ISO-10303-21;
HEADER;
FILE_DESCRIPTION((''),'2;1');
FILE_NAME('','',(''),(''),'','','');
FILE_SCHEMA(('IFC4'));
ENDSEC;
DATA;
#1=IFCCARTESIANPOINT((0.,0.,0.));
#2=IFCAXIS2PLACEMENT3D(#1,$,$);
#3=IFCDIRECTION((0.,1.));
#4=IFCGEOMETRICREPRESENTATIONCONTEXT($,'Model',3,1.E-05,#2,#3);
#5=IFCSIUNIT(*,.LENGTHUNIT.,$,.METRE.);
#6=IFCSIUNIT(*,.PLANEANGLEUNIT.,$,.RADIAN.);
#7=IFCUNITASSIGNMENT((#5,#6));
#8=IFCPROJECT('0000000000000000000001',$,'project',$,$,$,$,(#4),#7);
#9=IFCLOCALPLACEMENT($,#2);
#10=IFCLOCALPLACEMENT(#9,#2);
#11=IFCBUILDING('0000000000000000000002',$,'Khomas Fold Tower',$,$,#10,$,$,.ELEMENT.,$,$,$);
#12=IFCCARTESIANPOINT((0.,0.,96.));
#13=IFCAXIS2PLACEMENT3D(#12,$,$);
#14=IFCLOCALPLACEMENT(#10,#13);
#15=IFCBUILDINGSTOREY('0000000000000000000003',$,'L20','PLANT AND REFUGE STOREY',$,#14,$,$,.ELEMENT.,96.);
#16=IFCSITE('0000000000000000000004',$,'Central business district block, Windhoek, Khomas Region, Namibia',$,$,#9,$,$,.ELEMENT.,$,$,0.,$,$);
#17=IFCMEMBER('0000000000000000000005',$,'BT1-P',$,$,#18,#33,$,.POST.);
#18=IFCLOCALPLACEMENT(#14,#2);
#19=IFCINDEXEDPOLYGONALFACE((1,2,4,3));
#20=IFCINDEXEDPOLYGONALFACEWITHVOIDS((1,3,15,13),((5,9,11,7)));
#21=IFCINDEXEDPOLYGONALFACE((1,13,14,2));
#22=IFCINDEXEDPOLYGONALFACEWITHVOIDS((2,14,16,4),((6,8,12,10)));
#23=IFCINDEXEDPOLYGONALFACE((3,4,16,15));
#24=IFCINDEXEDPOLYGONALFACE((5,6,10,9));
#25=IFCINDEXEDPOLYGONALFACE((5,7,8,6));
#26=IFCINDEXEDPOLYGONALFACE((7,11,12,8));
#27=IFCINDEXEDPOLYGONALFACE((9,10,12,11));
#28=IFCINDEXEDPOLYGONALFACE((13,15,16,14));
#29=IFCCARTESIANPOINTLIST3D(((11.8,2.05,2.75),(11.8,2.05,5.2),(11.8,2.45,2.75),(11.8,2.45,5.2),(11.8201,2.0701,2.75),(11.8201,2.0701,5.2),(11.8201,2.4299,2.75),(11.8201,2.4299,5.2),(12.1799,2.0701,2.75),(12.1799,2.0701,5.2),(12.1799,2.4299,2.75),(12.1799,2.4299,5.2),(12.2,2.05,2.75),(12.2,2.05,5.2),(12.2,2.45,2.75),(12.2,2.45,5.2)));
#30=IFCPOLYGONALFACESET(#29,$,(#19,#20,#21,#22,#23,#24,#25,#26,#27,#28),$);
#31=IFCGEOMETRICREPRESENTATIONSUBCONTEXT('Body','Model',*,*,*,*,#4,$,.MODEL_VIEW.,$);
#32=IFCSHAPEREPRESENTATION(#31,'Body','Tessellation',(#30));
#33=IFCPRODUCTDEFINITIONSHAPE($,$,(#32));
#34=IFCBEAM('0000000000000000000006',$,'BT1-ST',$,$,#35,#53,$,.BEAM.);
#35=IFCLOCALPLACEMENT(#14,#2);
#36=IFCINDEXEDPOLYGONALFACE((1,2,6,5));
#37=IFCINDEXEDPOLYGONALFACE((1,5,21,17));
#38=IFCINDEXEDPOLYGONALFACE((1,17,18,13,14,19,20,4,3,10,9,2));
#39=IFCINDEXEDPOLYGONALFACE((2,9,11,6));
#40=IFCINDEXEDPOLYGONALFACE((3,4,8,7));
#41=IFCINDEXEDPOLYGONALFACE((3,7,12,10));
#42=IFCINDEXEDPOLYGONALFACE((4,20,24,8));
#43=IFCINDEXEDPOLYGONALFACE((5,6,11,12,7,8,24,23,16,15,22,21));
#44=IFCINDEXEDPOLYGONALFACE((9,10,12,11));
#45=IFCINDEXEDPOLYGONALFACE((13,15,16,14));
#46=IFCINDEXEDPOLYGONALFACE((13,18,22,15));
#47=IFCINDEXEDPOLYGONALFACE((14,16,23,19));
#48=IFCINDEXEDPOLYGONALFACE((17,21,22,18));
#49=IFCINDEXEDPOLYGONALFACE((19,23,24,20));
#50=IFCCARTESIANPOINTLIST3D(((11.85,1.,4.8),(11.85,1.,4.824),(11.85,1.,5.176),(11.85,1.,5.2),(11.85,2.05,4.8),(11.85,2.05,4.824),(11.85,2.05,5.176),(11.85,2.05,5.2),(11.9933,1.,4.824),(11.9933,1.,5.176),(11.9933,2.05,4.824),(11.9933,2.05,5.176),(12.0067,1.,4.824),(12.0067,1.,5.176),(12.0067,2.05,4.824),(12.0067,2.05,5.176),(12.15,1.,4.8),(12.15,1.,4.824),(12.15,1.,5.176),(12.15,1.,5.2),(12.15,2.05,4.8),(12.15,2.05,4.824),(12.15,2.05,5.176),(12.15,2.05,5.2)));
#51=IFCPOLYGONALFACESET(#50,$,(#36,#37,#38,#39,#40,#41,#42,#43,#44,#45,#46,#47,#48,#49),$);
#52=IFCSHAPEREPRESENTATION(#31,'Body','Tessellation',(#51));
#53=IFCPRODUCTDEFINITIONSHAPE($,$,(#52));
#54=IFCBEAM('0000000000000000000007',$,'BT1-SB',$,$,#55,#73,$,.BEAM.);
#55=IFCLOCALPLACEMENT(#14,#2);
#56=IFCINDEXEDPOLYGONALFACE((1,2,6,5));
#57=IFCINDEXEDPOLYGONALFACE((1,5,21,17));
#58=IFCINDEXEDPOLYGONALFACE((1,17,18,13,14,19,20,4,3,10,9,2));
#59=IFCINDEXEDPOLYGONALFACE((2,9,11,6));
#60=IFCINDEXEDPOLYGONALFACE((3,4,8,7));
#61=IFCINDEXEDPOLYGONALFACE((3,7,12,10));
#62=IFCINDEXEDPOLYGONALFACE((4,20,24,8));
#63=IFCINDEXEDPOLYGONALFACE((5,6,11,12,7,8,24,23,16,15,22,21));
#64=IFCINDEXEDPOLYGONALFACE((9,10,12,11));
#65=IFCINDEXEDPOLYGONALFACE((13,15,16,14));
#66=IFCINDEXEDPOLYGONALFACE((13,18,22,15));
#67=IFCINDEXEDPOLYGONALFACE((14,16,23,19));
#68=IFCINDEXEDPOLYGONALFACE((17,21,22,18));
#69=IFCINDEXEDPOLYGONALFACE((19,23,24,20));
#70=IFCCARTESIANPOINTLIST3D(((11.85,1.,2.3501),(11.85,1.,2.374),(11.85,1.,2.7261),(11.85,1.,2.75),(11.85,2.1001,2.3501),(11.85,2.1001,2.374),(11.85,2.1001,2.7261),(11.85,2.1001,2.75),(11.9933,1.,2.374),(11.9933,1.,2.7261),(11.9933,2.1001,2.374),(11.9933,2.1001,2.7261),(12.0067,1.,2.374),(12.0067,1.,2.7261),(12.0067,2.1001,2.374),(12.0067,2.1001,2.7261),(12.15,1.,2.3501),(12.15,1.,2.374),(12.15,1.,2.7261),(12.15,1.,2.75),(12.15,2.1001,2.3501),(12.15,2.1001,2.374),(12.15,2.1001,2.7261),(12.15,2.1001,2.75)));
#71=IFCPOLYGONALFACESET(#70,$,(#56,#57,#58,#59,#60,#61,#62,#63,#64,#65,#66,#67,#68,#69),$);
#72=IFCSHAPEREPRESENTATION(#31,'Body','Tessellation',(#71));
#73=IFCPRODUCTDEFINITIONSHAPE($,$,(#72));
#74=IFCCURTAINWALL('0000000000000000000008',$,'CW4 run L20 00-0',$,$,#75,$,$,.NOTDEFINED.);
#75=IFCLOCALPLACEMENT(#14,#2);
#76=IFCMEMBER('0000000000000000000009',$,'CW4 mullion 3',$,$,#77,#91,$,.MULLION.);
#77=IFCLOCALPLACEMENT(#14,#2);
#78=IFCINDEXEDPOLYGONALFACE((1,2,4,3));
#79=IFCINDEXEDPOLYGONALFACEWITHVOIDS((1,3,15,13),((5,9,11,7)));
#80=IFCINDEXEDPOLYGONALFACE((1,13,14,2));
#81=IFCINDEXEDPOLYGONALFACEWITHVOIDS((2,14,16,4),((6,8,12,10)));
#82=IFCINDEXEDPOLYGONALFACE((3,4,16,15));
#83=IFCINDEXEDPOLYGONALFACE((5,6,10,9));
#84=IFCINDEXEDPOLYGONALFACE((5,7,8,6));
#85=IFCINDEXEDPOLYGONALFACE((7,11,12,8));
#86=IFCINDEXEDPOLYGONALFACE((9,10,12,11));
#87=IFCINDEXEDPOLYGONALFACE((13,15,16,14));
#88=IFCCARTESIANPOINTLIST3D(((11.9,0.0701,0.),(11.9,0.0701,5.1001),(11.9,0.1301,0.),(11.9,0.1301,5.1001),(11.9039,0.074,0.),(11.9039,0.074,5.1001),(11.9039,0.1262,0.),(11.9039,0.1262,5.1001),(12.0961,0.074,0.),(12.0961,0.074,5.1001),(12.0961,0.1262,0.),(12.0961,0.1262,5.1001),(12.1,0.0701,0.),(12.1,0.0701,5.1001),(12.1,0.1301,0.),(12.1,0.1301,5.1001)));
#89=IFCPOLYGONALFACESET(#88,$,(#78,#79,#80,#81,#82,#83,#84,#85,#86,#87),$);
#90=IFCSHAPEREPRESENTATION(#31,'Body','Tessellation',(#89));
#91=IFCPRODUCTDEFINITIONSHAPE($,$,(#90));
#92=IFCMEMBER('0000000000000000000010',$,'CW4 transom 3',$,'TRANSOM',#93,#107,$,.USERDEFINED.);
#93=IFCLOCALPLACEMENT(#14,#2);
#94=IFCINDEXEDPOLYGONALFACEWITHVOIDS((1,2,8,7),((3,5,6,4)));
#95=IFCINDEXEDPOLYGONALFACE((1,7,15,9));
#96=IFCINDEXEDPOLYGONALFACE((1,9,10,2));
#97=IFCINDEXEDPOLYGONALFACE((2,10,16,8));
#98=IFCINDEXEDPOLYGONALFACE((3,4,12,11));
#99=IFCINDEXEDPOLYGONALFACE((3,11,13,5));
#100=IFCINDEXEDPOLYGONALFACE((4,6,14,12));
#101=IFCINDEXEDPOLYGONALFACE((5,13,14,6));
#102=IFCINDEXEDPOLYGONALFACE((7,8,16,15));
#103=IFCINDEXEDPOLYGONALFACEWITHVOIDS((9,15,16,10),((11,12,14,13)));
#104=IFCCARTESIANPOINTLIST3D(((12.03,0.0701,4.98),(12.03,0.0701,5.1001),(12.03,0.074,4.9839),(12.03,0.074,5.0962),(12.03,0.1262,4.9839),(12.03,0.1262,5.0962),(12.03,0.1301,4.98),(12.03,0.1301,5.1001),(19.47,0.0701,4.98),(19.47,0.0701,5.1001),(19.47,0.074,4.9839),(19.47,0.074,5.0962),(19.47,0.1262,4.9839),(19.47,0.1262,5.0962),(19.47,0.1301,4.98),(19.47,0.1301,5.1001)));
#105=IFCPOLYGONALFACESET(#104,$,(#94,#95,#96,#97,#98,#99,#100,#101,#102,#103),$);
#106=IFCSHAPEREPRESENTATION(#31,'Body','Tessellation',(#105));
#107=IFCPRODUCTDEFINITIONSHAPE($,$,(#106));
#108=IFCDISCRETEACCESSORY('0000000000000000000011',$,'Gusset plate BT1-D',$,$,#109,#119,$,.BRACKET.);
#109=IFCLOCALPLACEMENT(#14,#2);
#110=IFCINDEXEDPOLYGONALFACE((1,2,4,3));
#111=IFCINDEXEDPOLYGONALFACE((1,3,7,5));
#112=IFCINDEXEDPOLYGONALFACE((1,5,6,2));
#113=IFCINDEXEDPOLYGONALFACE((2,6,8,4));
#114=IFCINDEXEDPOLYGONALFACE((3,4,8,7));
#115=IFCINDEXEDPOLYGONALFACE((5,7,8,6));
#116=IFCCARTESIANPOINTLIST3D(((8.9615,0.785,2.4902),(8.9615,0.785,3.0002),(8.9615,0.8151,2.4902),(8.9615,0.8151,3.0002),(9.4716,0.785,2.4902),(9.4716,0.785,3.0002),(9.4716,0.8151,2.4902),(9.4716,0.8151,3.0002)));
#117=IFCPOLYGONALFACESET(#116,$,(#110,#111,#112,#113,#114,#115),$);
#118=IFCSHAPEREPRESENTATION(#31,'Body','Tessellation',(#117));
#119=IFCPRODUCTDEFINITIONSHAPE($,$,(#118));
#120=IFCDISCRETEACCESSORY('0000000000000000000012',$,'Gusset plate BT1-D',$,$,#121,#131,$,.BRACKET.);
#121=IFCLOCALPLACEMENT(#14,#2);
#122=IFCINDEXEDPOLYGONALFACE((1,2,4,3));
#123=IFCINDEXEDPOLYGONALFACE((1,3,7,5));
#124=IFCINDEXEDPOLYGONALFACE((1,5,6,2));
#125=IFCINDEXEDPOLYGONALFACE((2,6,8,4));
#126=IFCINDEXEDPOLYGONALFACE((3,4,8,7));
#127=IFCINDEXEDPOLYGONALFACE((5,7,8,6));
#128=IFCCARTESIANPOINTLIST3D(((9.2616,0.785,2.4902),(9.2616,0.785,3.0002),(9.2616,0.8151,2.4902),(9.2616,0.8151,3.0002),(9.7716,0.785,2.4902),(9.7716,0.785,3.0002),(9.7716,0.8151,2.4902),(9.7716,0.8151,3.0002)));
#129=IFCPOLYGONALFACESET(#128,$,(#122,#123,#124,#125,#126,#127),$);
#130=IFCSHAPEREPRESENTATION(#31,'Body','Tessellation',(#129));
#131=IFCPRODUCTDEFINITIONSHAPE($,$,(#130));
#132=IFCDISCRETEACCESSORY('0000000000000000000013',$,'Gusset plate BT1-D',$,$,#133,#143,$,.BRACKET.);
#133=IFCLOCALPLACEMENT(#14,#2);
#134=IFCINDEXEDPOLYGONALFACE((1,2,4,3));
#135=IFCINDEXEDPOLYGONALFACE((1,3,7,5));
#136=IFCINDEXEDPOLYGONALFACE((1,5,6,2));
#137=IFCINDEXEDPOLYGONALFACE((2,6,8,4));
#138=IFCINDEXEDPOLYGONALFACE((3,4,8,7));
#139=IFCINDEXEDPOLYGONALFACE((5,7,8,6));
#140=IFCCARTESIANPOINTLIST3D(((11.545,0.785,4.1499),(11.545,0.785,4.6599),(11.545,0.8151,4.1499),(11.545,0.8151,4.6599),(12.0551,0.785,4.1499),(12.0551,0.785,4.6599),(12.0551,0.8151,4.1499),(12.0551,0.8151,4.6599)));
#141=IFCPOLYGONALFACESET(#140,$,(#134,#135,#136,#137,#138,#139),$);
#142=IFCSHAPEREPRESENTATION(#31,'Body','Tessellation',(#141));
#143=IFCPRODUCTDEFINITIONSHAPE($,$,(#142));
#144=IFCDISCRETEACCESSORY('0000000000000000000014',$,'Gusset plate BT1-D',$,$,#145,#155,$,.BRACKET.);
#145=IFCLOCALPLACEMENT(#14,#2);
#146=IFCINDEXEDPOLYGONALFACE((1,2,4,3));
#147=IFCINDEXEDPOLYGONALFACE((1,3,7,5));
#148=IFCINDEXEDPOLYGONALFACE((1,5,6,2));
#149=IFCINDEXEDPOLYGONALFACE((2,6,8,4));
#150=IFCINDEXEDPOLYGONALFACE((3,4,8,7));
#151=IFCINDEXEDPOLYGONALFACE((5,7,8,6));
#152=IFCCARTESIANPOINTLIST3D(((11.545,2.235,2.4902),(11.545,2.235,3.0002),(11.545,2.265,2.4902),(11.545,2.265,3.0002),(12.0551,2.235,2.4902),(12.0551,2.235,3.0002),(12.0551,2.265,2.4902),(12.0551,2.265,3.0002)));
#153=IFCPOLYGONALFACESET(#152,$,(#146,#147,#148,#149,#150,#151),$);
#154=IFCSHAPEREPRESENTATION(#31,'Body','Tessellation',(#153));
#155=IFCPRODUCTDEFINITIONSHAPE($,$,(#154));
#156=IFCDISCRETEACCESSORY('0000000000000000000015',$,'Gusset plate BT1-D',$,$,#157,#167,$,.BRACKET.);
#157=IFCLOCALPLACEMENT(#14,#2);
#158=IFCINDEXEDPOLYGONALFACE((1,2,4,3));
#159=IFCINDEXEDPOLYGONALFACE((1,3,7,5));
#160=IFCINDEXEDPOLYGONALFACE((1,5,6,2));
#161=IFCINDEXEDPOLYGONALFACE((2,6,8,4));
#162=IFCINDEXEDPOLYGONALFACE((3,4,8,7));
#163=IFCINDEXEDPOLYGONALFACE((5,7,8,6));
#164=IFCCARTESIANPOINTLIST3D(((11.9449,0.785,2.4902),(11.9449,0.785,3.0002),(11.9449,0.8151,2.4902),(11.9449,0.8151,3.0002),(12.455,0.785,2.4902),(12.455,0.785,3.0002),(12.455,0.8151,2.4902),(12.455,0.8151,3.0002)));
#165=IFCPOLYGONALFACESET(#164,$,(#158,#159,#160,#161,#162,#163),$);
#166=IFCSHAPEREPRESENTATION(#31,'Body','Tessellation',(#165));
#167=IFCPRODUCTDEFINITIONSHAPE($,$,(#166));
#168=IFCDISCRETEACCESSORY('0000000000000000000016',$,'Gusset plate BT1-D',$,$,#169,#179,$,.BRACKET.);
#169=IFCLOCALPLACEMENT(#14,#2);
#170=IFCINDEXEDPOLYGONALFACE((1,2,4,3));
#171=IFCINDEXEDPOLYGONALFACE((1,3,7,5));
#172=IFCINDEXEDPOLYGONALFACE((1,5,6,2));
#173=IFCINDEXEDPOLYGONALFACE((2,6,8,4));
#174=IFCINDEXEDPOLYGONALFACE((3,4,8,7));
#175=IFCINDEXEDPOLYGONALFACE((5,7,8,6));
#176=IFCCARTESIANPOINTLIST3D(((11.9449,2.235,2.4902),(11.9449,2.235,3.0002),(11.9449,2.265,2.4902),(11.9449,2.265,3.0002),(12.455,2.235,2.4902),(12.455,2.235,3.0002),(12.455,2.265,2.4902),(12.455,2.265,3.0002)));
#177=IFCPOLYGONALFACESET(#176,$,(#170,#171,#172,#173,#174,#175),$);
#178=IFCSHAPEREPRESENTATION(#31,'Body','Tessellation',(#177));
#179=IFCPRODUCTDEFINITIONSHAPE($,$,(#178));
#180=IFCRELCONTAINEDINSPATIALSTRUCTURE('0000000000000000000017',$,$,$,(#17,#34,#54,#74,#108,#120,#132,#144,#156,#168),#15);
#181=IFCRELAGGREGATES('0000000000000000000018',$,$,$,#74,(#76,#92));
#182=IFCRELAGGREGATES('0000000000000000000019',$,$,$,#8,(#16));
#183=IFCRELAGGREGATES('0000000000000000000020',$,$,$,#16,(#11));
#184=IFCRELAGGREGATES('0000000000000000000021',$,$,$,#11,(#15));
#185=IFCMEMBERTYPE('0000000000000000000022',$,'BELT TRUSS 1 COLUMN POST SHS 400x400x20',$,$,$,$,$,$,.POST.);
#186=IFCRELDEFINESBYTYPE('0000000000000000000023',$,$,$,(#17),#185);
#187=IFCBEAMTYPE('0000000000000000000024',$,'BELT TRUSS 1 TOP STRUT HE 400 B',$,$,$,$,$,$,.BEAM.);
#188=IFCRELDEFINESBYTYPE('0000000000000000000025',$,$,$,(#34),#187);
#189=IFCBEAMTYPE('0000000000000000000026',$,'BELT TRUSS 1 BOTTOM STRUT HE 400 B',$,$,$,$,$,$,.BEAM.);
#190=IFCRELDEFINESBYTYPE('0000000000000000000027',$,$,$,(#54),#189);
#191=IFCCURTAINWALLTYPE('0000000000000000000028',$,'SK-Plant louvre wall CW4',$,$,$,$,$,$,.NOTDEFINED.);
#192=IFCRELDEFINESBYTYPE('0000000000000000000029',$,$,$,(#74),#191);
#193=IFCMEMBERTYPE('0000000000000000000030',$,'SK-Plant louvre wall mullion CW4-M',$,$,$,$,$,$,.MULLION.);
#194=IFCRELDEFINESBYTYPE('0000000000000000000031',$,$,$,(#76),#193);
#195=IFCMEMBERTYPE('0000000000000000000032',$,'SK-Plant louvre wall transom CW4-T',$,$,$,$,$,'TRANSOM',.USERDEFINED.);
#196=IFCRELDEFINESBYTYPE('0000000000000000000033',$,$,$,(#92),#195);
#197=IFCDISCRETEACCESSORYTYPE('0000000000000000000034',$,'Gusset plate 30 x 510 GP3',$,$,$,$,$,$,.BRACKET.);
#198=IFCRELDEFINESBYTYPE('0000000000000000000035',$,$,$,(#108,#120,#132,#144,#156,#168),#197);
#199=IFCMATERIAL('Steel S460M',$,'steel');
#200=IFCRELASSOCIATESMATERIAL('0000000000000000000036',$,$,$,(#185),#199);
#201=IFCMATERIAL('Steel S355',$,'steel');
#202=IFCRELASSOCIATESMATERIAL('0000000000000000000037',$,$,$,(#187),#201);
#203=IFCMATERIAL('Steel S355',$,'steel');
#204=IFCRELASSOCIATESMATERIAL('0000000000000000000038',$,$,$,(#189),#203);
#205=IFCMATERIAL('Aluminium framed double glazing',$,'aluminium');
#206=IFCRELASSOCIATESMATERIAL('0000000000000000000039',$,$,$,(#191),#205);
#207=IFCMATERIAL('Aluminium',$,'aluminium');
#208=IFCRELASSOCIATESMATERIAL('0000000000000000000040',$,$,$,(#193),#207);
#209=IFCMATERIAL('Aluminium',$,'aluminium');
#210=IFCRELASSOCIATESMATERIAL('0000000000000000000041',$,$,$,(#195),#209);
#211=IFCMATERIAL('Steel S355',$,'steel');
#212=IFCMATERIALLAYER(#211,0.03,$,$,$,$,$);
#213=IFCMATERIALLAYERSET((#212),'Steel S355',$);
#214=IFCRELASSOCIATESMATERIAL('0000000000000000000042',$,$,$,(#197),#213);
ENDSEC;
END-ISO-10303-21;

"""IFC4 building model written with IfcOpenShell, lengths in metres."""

from ifc_helpers import new_model, si_unit, direction, frame, origin, origin_2d, place, context, subcontext, project, spatial, rectangle, hollow_rectangle, i_section, extrude, source, transform, mapped, material, layer, layer_set, material_profile, profile_set, type_object, element, aggregate, save


model = new_model("IFC4")

# Units and contexts
model_context = context("Model", 3, precision=1e-05, world=origin(), true_north=direction((0.0, 1.0)))
body_context = subcontext(model_context, "Body", "Model", "MODEL_VIEW")
ifc_project = project(units=[si_unit("LENGTHUNIT", "METRE"), si_unit("PLANEANGLEUNIT", "RADIAN")], contexts=[model_context])

# Site, building, storey
site_placement = place(None, origin())
site = spatial("IfcSite", under=ifc_project, at=site_placement, Name="Central business district block, Windhoek, Khomas Region, Namibia", CompositionType="ELEMENT", RefElevation=0.0)
building_placement = place(site_placement, origin())
building = spatial("IfcBuilding", under=site, at=building_placement, Name="Khomas Fold Tower", CompositionType="ELEMENT")
storey_placement = place(building_placement, frame((0.0, 0.0, 96.0)))
storey = spatial("IfcBuildingStorey", under=building, at=storey_placement, Name="L20", Description="PLANT AND REFUGE STOREY", CompositionType="ELEMENT", Elevation=96.0)

# Member
ifc_material_1 = material(Name="Steel S460M", Category="steel")
ifc_material_profile_1 = material_profile(ifc_material_1, hollow_rectangle(XDim=0.3999, YDim=0.3999, WallThickness=0.02, at=origin_2d()), Name="SHS 400x400x20")
ifc_profile_set_1 = profile_set([ifc_material_profile_1], Name="Steel S460M")
member_type_1 = type_object("IfcMemberType", Name="BELT TRUSS 1 COLUMN POST SHS 400x400x20", PredefinedType="POST", material=ifc_profile_set_1)
shared_shape_1 = source(origin(), body_context, "Body", "SweptSolid", [
    extrude(hollow_rectangle(XDim=0.3999, YDim=0.3999, WallThickness=0.02, at=origin_2d()), origin(), (0.0, 0.0, 1.0), 2.45),
])
member_1_placement = place(storey_placement, frame((12.0, 2.25, 2.75), z_axis=(0.0, 0.0, 1.0), x_axis=(1.0, 0.0, 0.0)))
element("IfcMember", 1, at=member_1_placement, inside=storey, type_object=member_type_1, Name="BT1-P", PredefinedType="POST", context=body_context, shape_type="MappedRepresentation", body=[
    mapped(shared_shape_1, transform((0.0, 0.0, 0.0))),
])

# Beams
ifc_material_2 = material(Name="Steel S355", Category="steel")
ifc_material_profile_2 = material_profile(ifc_material_2, i_section(OverallWidth=0.3, OverallDepth=0.3999, WebThickness=0.0134, FlangeThickness=0.0239, at=origin_2d()), Name="HE 400 B")
ifc_profile_set_2 = profile_set([ifc_material_profile_2], Name="Steel S355")
beam_type_1 = type_object("IfcBeamType", Name="BELT TRUSS 1 TOP STRUT HE 400 B", PredefinedType="BEAM", material=ifc_profile_set_2)
shared_shape_2 = source(origin(), body_context, "Body", "SweptSolid", [
    extrude(i_section(OverallWidth=0.3, OverallDepth=0.3999, WebThickness=0.0134, FlangeThickness=0.0239, at=origin_2d()), origin(), (0.0, 0.0, 1.0), 1.05),
])
beam_1_placement = place(storey_placement, frame((12.0, 2.05, 5.0), z_axis=(0.0, -1.0, 0.0), x_axis=(1.0, 0.0, 0.0)))
element("IfcBeam", 2, at=beam_1_placement, inside=storey, type_object=beam_type_1, Name="BT1-ST", PredefinedType="BEAM", context=body_context, shape_type="MappedRepresentation", body=[
    mapped(shared_shape_2, transform((0.0, 0.0, 0.0))),
])
ifc_material_3 = material(Name="Steel S355", Category="steel")
ifc_material_profile_3 = material_profile(ifc_material_3, i_section(OverallWidth=0.3, OverallDepth=0.3999, WebThickness=0.0134, FlangeThickness=0.0239, at=origin_2d()), Name="HE 400 B")
ifc_profile_set_3 = profile_set([ifc_material_profile_3], Name="Steel S355")
beam_type_2 = type_object("IfcBeamType", Name="BELT TRUSS 1 BOTTOM STRUT HE 400 B", PredefinedType="BEAM", material=ifc_profile_set_3)
shared_shape_3 = source(origin(), body_context, "Body", "SweptSolid", [
    extrude(i_section(OverallWidth=0.3, OverallDepth=0.3999, WebThickness=0.0134, FlangeThickness=0.0239, at=origin_2d()), origin(), (0.0, 0.0, 1.0), 1.1001),
])
beam_2_placement = place(storey_placement, frame((12.0, 2.1001, 2.55), z_axis=(0.0, -1.0, 0.0), x_axis=(1.0, 0.0, 0.0)))
element("IfcBeam", 3, at=beam_2_placement, inside=storey, type_object=beam_type_2, Name="BT1-SB", PredefinedType="BEAM", context=body_context, shape_type="MappedRepresentation", body=[
    mapped(shared_shape_3, transform((0.0, 0.0, 0.0))),
])

# Curtain wall, members
ifc_material_4 = material(Name="Aluminium framed double glazing", Category="aluminium")
curtain_wall_type = type_object("IfcCurtainWallType", Name="SK-Plant louvre wall CW4", PredefinedType="NOTDEFINED", material=ifc_material_4)
curtain_wall_placement = place(storey_placement, origin())
curtain_wall = element("IfcCurtainWall", 4, at=curtain_wall_placement, inside=storey, type_object=curtain_wall_type, Name="CW4 run L20 00-0", PredefinedType="NOTDEFINED")
ifc_material_5 = material(Name="Aluminium", Category="aluminium")
ifc_material_profile_4 = material_profile(ifc_material_5, hollow_rectangle(XDim=0.0601, YDim=0.2, WallThickness=0.0039, at=origin_2d()), Name="SK-Plant louvre wall mullion CW4-M")
ifc_profile_set_4 = profile_set([ifc_material_profile_4], Name="Aluminium")
member_type_2 = type_object("IfcMemberType", Name="SK-Plant louvre wall mullion CW4-M", PredefinedType="MULLION", material=ifc_profile_set_4)
shared_shape_4 = source(origin(), body_context, "Body", "SweptSolid", [
    extrude(hollow_rectangle(XDim=0.0601, YDim=0.2, WallThickness=0.0039, at=origin_2d()), origin(), (0.0, 0.0, 1.0), 5.1001),
])
member_2_placement = place(storey_placement, frame((12.0, 0.1001, 0.0), z_axis=(0.0, 0.0, 1.0), x_axis=(0.0, 1.0, 0.0)))
member_2 = element("IfcMember", 5, at=member_2_placement, type_object=member_type_2, Name="CW4 mullion 3", PredefinedType="MULLION", context=body_context, shape_type="MappedRepresentation", body=[
    mapped(shared_shape_4, transform((0.0, 0.0, 0.0))),
])
ifc_material_6 = material(Name="Aluminium", Category="aluminium")
ifc_material_profile_5 = material_profile(ifc_material_6, hollow_rectangle(XDim=0.0601, YDim=0.1201, WallThickness=0.0039, at=origin_2d()), Name="SK-Plant louvre wall transom CW4-T")
ifc_profile_set_5 = profile_set([ifc_material_profile_5], Name="Aluminium")
member_type_3 = type_object("IfcMemberType", Name="SK-Plant louvre wall transom CW4-T", ElementType="TRANSOM", PredefinedType="USERDEFINED", material=ifc_profile_set_5)
shared_shape_5 = source(origin(), body_context, "Body", "SweptSolid", [
    extrude(hollow_rectangle(XDim=0.0601, YDim=0.1201, WallThickness=0.0039, at=origin_2d()), origin(), (0.0, 0.0, 1.0), 7.4399),
])
member_3_placement = place(storey_placement, frame((12.03, 0.1001, 5.04), z_axis=(1.0, 0.0, 0.0), x_axis=(0.0, 1.0, 0.0)))
member_3 = element("IfcMember", 6, at=member_3_placement, type_object=member_type_3, Name="CW4 transom 3", ObjectType="TRANSOM", PredefinedType="USERDEFINED", context=body_context, shape_type="MappedRepresentation", body=[
    mapped(shared_shape_5, transform((0.0, 0.0, 0.0))),
])
aggregate(curtain_wall, [member_2, member_3])

# Discrete accessories
ifc_material_7 = material(Name="Steel S355", Category="steel")
ifc_layer = layer(ifc_material_7, 0.03)
ifc_layer_set = layer_set([ifc_layer], Name="Steel S355")
discrete_accessory_type = type_object("IfcDiscreteAccessoryType", Name="Gusset plate 30 x 510 GP3", PredefinedType="BRACKET", material=ifc_layer_set)
shared_shape_6 = source(origin(), body_context, "Body", "SweptSolid", [
    extrude(rectangle(XDim=0.51, YDim=0.03, at=origin_2d()), origin(), (0.0, 0.0, 1.0), 0.51),
])
for number, where, z_axis, x_axis, name in (
    (7, (9.2166, 0.8, 2.4902), (0.0, 0.0, 1.0), (1.0, 0.0, 0.0), "Gusset plate BT1-D"),
    (8, (9.5166, 0.8, 2.4902), (0.0, 0.0, 1.0), (1.0, 0.0, 0.0), "Gusset plate BT1-D"),
    (9, (11.8, 0.8, 4.1499), (0.0, 0.0, 1.0), (1.0, 0.0, 0.0), "Gusset plate BT1-D"),
    (10, (11.8, 2.25, 2.4902), (0.0, 0.0, 1.0), (1.0, 0.0, 0.0), "Gusset plate BT1-D"),
    (11, (12.2, 0.8, 2.4902), (0.0, 0.0, 1.0), (1.0, 0.0, 0.0), "Gusset plate BT1-D"),
    (12, (12.2, 2.25, 2.4902), (0.0, 0.0, 1.0), (1.0, 0.0, 0.0), "Gusset plate BT1-D"),
):
    element("IfcDiscreteAccessory", number, at=place(storey_placement, frame(where, z_axis=z_axis, x_axis=x_axis)), inside=storey, type_object=discrete_accessory_type, Name=name, PredefinedType="BRACKET", context=body_context, shape_type="MappedRepresentation", body=[
        mapped(shared_shape_6, transform((0.0, 0.0, 0.0))),
    ])

save(model, "model.ifc")
